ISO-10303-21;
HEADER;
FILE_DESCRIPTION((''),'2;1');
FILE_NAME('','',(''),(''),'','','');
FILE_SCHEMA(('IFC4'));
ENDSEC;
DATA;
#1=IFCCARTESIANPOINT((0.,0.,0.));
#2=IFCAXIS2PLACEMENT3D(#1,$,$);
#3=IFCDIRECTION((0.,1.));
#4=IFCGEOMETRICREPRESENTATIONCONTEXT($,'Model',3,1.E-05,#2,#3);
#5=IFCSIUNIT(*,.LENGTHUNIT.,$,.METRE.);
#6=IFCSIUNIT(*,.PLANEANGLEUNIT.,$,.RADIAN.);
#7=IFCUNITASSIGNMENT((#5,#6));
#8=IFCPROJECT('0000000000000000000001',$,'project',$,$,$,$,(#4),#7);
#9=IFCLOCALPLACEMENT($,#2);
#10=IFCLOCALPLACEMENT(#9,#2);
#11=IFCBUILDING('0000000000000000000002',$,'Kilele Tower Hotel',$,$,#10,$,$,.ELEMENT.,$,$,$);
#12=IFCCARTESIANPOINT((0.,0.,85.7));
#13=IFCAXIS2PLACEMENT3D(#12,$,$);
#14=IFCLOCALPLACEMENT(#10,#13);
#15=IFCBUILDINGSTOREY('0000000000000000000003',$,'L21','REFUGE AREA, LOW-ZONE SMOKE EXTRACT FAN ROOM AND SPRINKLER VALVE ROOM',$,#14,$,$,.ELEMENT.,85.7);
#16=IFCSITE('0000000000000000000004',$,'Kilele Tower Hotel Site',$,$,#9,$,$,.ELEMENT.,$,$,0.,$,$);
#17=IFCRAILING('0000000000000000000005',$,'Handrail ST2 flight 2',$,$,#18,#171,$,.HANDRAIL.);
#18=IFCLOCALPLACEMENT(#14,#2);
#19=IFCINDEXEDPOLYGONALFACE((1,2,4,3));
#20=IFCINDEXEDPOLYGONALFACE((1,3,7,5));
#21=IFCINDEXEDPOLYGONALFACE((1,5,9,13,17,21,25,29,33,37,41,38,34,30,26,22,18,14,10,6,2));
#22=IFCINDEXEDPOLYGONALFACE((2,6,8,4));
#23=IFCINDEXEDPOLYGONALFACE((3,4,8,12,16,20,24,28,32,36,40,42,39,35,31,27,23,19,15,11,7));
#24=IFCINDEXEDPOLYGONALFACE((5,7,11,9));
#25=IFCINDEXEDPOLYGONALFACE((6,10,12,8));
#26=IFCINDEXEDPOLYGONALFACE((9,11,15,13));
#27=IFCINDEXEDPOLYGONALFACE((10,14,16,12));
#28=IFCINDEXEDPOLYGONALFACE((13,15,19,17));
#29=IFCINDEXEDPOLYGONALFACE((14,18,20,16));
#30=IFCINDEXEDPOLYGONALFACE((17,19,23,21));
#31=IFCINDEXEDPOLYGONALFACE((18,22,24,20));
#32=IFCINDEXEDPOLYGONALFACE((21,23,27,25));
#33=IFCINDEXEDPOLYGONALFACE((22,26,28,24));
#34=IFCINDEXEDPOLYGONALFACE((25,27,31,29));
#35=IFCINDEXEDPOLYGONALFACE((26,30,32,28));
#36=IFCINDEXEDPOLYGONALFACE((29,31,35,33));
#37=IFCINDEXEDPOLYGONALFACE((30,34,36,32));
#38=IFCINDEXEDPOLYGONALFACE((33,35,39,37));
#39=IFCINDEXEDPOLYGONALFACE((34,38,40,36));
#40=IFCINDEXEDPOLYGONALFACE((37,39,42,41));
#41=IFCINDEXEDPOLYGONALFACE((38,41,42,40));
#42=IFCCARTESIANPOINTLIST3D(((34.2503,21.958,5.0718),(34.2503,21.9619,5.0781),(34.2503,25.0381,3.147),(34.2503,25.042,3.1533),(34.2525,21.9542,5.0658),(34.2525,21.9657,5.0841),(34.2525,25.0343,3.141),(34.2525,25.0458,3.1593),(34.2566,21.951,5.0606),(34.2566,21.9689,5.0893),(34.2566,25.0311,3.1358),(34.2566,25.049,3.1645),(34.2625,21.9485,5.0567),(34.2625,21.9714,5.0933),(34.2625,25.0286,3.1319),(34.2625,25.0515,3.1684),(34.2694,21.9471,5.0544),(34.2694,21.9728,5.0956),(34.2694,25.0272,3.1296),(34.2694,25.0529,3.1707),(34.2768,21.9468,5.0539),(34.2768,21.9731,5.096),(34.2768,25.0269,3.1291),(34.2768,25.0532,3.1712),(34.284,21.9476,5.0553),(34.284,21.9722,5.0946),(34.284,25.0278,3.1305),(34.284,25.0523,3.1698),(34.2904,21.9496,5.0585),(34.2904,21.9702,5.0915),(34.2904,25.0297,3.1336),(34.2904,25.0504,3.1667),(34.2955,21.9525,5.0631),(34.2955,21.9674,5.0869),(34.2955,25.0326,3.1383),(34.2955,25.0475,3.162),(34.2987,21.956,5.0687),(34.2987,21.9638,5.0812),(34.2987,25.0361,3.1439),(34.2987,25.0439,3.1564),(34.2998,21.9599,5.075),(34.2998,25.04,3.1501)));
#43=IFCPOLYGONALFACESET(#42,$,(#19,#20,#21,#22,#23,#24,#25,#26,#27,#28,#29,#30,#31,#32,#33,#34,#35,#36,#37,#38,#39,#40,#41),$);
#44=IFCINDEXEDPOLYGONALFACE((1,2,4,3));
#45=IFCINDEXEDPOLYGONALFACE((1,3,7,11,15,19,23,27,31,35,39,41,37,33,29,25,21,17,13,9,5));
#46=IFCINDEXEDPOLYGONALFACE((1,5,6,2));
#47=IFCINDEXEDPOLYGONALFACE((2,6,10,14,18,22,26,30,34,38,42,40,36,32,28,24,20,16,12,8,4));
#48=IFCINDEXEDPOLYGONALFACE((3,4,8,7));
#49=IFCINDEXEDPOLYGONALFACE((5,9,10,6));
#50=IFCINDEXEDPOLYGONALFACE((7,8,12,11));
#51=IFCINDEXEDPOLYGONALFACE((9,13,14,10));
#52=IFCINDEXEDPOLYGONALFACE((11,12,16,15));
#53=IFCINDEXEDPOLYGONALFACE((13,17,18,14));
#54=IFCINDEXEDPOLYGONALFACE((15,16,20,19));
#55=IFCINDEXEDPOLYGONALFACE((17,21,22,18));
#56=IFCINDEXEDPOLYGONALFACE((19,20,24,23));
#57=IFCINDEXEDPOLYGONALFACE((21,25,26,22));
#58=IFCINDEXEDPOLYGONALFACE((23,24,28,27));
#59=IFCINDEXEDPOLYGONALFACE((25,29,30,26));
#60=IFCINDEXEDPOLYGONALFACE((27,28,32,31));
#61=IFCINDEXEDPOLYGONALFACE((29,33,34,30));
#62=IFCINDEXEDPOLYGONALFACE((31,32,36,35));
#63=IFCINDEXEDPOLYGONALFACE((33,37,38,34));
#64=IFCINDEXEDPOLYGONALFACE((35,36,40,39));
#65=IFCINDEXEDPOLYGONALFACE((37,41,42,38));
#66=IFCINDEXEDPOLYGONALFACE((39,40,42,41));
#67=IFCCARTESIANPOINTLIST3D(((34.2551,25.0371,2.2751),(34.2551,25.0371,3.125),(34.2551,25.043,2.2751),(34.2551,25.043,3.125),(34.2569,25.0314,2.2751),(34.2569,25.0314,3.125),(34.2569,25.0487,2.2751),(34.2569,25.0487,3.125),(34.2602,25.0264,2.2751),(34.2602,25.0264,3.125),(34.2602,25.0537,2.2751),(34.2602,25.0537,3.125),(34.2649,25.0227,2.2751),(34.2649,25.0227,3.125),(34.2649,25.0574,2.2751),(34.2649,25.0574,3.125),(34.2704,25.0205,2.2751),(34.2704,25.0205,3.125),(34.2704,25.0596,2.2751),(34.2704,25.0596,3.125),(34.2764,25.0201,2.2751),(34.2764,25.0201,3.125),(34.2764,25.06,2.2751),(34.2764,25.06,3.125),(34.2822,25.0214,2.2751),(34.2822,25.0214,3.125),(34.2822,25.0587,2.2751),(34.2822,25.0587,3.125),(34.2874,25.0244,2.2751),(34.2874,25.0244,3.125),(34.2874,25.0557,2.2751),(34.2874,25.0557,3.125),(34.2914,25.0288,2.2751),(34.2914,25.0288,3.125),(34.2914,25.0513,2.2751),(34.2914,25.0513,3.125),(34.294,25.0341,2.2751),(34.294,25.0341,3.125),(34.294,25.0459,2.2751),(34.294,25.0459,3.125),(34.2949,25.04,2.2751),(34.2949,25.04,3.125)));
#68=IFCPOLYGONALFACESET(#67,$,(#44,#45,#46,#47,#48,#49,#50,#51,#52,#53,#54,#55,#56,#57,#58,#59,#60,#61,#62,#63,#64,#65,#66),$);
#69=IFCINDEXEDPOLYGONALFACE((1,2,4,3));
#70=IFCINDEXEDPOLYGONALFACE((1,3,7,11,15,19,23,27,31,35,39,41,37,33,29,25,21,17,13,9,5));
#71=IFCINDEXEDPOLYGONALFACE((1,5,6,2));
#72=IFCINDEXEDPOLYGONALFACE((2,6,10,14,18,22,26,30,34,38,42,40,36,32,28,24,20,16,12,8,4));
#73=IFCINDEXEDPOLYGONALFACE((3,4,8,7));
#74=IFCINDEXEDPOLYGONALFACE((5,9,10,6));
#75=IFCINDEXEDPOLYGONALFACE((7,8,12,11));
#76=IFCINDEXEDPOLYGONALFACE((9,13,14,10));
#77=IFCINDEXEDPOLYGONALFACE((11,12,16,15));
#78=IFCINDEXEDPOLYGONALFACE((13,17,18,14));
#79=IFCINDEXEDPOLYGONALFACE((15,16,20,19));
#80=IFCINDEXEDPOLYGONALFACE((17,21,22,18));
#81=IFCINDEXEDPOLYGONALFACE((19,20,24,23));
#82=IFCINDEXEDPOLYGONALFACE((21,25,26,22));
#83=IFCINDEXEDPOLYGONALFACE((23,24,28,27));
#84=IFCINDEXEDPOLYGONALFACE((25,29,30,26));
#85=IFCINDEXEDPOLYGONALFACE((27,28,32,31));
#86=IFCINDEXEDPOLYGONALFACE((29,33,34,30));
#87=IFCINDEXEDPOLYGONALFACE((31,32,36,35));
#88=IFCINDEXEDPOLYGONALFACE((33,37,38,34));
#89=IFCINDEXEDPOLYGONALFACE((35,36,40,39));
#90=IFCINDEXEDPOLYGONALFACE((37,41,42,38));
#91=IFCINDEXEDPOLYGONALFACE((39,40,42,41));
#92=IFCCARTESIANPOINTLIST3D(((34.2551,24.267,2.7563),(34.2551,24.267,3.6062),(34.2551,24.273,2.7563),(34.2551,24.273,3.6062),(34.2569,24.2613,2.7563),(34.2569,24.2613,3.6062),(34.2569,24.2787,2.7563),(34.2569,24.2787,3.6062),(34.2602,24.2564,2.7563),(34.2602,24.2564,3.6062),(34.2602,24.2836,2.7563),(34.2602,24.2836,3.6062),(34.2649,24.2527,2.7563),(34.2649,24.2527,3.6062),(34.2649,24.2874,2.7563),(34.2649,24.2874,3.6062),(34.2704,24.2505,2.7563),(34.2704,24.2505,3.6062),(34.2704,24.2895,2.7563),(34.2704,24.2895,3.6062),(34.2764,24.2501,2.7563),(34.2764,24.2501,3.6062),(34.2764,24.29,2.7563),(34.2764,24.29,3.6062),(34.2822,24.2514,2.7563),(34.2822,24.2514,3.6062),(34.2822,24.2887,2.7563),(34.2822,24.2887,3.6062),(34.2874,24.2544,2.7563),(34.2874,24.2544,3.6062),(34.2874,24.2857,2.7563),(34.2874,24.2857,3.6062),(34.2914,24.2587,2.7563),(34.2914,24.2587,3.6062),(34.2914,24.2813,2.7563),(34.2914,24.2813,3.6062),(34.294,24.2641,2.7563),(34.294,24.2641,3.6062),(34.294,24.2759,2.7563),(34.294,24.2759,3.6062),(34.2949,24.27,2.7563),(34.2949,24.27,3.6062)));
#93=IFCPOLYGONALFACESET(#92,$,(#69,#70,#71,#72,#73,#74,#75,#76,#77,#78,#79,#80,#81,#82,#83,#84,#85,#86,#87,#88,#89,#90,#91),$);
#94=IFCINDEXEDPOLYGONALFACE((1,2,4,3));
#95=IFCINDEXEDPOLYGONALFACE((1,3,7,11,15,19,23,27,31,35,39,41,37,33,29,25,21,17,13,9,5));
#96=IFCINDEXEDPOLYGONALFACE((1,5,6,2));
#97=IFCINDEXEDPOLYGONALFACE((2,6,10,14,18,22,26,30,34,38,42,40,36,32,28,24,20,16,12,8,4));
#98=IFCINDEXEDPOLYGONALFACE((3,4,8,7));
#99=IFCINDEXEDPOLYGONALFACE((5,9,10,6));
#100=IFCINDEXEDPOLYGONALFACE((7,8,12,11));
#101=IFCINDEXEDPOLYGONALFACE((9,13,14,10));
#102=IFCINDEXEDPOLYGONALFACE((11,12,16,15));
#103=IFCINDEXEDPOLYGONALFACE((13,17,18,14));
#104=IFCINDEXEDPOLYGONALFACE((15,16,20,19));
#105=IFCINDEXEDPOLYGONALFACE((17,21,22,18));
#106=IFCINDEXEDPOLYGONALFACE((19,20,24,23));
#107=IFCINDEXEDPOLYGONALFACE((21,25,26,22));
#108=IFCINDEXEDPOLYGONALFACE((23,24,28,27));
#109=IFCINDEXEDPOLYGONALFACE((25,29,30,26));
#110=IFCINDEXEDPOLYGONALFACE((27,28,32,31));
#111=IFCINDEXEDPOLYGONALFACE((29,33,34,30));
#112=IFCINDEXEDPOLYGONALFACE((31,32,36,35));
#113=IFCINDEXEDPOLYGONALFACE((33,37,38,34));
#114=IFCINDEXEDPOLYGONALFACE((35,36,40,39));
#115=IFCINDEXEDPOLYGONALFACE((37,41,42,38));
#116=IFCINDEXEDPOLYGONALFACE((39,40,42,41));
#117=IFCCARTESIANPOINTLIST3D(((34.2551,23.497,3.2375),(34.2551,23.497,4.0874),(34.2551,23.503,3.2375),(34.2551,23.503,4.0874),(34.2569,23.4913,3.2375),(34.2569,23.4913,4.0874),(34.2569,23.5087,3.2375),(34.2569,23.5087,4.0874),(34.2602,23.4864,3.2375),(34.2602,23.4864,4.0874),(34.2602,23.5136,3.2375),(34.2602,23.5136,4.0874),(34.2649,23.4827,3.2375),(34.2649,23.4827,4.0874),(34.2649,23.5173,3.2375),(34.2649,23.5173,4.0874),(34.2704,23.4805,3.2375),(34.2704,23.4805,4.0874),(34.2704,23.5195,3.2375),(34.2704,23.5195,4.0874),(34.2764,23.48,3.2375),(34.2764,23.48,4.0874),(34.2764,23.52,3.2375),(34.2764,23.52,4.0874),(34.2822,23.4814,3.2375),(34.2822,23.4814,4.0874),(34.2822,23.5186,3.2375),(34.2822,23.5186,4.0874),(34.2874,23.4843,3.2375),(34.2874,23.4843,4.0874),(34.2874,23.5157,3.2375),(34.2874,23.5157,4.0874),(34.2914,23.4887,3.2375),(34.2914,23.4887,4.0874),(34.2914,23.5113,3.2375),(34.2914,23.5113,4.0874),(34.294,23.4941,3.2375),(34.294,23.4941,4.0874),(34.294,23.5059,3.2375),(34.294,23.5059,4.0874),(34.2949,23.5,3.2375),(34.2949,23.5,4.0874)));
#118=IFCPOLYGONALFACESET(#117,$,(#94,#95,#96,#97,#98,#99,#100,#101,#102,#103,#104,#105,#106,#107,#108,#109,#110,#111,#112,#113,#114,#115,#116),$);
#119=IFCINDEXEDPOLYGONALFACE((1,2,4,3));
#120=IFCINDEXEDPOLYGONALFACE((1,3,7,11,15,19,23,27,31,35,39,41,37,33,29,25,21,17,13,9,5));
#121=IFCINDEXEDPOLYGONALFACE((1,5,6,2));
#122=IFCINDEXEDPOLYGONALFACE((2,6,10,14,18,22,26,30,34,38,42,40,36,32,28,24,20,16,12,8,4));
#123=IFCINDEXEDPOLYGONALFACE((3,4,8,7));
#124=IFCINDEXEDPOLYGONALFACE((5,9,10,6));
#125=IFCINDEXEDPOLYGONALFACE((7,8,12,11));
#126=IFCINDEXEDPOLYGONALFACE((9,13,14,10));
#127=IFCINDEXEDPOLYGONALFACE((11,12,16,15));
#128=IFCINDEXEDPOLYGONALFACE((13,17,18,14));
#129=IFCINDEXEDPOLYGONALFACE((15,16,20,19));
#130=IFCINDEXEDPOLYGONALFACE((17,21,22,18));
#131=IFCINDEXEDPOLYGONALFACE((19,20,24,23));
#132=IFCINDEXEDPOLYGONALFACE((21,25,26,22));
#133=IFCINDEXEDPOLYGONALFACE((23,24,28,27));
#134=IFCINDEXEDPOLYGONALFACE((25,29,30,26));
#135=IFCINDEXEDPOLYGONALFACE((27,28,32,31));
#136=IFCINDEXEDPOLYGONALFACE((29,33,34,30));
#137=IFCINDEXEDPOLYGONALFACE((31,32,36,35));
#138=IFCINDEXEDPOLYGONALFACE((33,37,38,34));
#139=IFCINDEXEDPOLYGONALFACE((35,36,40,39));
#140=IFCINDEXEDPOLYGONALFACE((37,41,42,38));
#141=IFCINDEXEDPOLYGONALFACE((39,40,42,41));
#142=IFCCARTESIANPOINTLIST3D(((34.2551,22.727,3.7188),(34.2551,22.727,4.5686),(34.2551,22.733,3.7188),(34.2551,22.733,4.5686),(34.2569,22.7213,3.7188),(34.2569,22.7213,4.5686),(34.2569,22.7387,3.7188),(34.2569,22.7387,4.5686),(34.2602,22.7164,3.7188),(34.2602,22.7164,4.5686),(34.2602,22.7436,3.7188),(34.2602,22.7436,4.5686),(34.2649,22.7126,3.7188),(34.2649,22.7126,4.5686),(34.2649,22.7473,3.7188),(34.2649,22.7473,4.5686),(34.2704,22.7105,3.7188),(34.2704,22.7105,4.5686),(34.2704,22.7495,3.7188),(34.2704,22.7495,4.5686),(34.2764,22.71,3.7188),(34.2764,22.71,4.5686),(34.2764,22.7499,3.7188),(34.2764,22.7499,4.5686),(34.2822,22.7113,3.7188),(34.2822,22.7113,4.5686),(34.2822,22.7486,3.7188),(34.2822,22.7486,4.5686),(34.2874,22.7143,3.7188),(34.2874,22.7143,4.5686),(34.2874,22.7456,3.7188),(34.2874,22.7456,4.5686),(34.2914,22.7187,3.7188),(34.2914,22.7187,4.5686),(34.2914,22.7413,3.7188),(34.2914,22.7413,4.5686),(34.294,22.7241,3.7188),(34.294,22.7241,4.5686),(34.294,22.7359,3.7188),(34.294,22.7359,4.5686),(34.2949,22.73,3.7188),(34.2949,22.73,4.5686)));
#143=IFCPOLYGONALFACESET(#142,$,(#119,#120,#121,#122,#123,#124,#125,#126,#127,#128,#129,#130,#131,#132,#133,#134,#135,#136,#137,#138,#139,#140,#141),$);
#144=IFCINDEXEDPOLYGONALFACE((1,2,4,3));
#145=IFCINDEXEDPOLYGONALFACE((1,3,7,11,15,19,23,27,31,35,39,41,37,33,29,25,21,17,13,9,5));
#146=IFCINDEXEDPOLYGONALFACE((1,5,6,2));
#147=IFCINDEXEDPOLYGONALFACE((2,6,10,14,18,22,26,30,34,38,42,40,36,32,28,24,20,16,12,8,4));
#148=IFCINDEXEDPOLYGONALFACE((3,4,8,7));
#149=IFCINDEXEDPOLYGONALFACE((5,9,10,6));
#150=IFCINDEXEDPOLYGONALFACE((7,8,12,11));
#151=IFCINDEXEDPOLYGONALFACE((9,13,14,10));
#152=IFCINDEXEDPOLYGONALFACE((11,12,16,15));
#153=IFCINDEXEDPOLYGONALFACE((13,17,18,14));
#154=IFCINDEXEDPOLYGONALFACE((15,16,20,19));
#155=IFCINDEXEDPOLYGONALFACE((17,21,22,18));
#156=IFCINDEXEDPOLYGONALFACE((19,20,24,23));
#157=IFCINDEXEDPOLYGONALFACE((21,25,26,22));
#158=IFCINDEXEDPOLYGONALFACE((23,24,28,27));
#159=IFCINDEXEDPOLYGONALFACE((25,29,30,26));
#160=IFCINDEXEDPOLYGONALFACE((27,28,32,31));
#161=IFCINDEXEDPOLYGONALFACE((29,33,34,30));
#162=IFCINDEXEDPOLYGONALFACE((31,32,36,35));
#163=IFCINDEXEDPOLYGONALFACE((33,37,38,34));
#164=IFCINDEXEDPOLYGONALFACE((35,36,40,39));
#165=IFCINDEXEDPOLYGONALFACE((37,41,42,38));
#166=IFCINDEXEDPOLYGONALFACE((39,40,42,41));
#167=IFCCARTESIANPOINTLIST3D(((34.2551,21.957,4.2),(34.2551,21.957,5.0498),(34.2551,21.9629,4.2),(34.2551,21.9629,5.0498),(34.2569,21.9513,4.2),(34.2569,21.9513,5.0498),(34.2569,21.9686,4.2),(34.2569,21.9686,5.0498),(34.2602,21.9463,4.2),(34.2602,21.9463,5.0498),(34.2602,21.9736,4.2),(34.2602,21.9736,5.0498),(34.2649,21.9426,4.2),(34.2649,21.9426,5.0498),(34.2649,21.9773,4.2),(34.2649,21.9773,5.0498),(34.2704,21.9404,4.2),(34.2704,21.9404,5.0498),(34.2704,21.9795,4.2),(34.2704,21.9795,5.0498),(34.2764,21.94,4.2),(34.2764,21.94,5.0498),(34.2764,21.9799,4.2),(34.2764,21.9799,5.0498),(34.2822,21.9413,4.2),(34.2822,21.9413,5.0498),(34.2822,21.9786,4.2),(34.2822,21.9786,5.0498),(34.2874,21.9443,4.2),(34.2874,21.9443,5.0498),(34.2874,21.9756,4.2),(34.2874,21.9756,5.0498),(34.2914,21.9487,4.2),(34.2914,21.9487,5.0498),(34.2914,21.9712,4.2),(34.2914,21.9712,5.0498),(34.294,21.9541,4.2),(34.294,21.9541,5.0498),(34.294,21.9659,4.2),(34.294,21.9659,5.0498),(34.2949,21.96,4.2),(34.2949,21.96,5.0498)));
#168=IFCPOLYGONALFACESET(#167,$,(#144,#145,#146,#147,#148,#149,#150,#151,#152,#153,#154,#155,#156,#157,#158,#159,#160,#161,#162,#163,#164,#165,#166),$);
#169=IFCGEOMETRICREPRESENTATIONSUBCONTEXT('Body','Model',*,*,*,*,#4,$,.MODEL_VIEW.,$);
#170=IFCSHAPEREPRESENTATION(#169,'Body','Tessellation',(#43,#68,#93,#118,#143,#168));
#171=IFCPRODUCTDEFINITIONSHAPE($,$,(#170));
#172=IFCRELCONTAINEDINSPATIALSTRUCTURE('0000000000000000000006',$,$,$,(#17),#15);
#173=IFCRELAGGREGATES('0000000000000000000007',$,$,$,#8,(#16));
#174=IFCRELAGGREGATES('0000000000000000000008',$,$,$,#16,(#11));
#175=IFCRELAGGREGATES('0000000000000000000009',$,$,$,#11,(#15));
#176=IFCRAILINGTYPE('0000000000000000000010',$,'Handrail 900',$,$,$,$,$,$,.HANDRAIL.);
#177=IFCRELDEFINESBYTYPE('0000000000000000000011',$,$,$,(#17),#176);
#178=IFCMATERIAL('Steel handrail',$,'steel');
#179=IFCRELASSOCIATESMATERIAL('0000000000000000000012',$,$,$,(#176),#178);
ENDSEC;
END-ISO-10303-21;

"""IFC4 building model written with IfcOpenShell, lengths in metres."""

from ifc_helpers import new_model, si_unit, direction, frame, origin, origin_2d, place, context, subcontext, project, spatial, circle, extrude, material, type_object, element, save


model = new_model("IFC4")

# Units and contexts
model_context = context("Model", 3, precision=1e-05, world=origin(), true_north=direction((0.0, 1.0)))
body_context = subcontext(model_context, "Body", "Model", "MODEL_VIEW")
ifc_project = project(units=[si_unit("LENGTHUNIT", "METRE"), si_unit("PLANEANGLEUNIT", "RADIAN")], contexts=[model_context])

# Site, building, storey
site_placement = place(None, origin())
site = spatial("IfcSite", under=ifc_project, at=site_placement, Name="Kilele Tower Hotel Site", CompositionType="ELEMENT", RefElevation=0.0)
building_placement = place(site_placement, origin())
building = spatial("IfcBuilding", under=site, at=building_placement, Name="Kilele Tower Hotel", CompositionType="ELEMENT")
storey_placement = place(building_placement, frame((0.0, 0.0, 85.7)))
storey = spatial("IfcBuildingStorey", under=building, at=storey_placement, Name="L21", Description="REFUGE AREA, LOW-ZONE SMOKE EXTRACT FAN ROOM AND SPRINKLER VALVE ROOM", CompositionType="ELEMENT", Elevation=85.7)

# Railing
ifc_material_1 = material(Name="Steel handrail", Category="steel")
railing_type_1 = type_object("IfcRailingType", Name="Handrail 900", PredefinedType="HANDRAIL", material=ifc_material_1)
for number, where, name in (
    (1, (34.2749, 25.04, 2.2751), "Handrail ST2 flight 2"),
):
    element("IfcRailing", number, at=place(storey_placement, frame(where)), inside=storey, type_object=railing_type_1, Name=name, PredefinedType="HANDRAIL", context=body_context, shape_type="SweptSolid", body=[
        extrude(circle(Radius=0.0249, at=origin_2d()), frame((0.0, 0.0, 0.875), z_axis=(0.0, -0.848029, 0.529951), x_axis=(1.0, 0.0, 0.0)), (0.0, 0.0, 1.0), 3.6321),
        extrude(circle(Radius=0.02, at=origin_2d()), origin(), (0.0, 0.0, 1.0), 0.8499),
        extrude(circle(Radius=0.02, at=origin_2d()), frame((0.0, -0.77, 0.4812)), (0.0, 0.0, 1.0), 0.8499),
        extrude(circle(Radius=0.02, at=origin_2d()), frame((0.0, -1.54, 0.9624)), (0.0, 0.0, 1.0), 0.8499),
        extrude(circle(Radius=0.02, at=origin_2d()), frame((0.0, -2.3101, 1.4436)), (0.0, 0.0, 1.0), 0.8499),
        extrude(circle(Radius=0.02, at=origin_2d()), frame((0.0, -3.0801, 1.9248)), (0.0, 0.0, 1.0), 0.8499),
    ])

save(model, "model.ifc")
